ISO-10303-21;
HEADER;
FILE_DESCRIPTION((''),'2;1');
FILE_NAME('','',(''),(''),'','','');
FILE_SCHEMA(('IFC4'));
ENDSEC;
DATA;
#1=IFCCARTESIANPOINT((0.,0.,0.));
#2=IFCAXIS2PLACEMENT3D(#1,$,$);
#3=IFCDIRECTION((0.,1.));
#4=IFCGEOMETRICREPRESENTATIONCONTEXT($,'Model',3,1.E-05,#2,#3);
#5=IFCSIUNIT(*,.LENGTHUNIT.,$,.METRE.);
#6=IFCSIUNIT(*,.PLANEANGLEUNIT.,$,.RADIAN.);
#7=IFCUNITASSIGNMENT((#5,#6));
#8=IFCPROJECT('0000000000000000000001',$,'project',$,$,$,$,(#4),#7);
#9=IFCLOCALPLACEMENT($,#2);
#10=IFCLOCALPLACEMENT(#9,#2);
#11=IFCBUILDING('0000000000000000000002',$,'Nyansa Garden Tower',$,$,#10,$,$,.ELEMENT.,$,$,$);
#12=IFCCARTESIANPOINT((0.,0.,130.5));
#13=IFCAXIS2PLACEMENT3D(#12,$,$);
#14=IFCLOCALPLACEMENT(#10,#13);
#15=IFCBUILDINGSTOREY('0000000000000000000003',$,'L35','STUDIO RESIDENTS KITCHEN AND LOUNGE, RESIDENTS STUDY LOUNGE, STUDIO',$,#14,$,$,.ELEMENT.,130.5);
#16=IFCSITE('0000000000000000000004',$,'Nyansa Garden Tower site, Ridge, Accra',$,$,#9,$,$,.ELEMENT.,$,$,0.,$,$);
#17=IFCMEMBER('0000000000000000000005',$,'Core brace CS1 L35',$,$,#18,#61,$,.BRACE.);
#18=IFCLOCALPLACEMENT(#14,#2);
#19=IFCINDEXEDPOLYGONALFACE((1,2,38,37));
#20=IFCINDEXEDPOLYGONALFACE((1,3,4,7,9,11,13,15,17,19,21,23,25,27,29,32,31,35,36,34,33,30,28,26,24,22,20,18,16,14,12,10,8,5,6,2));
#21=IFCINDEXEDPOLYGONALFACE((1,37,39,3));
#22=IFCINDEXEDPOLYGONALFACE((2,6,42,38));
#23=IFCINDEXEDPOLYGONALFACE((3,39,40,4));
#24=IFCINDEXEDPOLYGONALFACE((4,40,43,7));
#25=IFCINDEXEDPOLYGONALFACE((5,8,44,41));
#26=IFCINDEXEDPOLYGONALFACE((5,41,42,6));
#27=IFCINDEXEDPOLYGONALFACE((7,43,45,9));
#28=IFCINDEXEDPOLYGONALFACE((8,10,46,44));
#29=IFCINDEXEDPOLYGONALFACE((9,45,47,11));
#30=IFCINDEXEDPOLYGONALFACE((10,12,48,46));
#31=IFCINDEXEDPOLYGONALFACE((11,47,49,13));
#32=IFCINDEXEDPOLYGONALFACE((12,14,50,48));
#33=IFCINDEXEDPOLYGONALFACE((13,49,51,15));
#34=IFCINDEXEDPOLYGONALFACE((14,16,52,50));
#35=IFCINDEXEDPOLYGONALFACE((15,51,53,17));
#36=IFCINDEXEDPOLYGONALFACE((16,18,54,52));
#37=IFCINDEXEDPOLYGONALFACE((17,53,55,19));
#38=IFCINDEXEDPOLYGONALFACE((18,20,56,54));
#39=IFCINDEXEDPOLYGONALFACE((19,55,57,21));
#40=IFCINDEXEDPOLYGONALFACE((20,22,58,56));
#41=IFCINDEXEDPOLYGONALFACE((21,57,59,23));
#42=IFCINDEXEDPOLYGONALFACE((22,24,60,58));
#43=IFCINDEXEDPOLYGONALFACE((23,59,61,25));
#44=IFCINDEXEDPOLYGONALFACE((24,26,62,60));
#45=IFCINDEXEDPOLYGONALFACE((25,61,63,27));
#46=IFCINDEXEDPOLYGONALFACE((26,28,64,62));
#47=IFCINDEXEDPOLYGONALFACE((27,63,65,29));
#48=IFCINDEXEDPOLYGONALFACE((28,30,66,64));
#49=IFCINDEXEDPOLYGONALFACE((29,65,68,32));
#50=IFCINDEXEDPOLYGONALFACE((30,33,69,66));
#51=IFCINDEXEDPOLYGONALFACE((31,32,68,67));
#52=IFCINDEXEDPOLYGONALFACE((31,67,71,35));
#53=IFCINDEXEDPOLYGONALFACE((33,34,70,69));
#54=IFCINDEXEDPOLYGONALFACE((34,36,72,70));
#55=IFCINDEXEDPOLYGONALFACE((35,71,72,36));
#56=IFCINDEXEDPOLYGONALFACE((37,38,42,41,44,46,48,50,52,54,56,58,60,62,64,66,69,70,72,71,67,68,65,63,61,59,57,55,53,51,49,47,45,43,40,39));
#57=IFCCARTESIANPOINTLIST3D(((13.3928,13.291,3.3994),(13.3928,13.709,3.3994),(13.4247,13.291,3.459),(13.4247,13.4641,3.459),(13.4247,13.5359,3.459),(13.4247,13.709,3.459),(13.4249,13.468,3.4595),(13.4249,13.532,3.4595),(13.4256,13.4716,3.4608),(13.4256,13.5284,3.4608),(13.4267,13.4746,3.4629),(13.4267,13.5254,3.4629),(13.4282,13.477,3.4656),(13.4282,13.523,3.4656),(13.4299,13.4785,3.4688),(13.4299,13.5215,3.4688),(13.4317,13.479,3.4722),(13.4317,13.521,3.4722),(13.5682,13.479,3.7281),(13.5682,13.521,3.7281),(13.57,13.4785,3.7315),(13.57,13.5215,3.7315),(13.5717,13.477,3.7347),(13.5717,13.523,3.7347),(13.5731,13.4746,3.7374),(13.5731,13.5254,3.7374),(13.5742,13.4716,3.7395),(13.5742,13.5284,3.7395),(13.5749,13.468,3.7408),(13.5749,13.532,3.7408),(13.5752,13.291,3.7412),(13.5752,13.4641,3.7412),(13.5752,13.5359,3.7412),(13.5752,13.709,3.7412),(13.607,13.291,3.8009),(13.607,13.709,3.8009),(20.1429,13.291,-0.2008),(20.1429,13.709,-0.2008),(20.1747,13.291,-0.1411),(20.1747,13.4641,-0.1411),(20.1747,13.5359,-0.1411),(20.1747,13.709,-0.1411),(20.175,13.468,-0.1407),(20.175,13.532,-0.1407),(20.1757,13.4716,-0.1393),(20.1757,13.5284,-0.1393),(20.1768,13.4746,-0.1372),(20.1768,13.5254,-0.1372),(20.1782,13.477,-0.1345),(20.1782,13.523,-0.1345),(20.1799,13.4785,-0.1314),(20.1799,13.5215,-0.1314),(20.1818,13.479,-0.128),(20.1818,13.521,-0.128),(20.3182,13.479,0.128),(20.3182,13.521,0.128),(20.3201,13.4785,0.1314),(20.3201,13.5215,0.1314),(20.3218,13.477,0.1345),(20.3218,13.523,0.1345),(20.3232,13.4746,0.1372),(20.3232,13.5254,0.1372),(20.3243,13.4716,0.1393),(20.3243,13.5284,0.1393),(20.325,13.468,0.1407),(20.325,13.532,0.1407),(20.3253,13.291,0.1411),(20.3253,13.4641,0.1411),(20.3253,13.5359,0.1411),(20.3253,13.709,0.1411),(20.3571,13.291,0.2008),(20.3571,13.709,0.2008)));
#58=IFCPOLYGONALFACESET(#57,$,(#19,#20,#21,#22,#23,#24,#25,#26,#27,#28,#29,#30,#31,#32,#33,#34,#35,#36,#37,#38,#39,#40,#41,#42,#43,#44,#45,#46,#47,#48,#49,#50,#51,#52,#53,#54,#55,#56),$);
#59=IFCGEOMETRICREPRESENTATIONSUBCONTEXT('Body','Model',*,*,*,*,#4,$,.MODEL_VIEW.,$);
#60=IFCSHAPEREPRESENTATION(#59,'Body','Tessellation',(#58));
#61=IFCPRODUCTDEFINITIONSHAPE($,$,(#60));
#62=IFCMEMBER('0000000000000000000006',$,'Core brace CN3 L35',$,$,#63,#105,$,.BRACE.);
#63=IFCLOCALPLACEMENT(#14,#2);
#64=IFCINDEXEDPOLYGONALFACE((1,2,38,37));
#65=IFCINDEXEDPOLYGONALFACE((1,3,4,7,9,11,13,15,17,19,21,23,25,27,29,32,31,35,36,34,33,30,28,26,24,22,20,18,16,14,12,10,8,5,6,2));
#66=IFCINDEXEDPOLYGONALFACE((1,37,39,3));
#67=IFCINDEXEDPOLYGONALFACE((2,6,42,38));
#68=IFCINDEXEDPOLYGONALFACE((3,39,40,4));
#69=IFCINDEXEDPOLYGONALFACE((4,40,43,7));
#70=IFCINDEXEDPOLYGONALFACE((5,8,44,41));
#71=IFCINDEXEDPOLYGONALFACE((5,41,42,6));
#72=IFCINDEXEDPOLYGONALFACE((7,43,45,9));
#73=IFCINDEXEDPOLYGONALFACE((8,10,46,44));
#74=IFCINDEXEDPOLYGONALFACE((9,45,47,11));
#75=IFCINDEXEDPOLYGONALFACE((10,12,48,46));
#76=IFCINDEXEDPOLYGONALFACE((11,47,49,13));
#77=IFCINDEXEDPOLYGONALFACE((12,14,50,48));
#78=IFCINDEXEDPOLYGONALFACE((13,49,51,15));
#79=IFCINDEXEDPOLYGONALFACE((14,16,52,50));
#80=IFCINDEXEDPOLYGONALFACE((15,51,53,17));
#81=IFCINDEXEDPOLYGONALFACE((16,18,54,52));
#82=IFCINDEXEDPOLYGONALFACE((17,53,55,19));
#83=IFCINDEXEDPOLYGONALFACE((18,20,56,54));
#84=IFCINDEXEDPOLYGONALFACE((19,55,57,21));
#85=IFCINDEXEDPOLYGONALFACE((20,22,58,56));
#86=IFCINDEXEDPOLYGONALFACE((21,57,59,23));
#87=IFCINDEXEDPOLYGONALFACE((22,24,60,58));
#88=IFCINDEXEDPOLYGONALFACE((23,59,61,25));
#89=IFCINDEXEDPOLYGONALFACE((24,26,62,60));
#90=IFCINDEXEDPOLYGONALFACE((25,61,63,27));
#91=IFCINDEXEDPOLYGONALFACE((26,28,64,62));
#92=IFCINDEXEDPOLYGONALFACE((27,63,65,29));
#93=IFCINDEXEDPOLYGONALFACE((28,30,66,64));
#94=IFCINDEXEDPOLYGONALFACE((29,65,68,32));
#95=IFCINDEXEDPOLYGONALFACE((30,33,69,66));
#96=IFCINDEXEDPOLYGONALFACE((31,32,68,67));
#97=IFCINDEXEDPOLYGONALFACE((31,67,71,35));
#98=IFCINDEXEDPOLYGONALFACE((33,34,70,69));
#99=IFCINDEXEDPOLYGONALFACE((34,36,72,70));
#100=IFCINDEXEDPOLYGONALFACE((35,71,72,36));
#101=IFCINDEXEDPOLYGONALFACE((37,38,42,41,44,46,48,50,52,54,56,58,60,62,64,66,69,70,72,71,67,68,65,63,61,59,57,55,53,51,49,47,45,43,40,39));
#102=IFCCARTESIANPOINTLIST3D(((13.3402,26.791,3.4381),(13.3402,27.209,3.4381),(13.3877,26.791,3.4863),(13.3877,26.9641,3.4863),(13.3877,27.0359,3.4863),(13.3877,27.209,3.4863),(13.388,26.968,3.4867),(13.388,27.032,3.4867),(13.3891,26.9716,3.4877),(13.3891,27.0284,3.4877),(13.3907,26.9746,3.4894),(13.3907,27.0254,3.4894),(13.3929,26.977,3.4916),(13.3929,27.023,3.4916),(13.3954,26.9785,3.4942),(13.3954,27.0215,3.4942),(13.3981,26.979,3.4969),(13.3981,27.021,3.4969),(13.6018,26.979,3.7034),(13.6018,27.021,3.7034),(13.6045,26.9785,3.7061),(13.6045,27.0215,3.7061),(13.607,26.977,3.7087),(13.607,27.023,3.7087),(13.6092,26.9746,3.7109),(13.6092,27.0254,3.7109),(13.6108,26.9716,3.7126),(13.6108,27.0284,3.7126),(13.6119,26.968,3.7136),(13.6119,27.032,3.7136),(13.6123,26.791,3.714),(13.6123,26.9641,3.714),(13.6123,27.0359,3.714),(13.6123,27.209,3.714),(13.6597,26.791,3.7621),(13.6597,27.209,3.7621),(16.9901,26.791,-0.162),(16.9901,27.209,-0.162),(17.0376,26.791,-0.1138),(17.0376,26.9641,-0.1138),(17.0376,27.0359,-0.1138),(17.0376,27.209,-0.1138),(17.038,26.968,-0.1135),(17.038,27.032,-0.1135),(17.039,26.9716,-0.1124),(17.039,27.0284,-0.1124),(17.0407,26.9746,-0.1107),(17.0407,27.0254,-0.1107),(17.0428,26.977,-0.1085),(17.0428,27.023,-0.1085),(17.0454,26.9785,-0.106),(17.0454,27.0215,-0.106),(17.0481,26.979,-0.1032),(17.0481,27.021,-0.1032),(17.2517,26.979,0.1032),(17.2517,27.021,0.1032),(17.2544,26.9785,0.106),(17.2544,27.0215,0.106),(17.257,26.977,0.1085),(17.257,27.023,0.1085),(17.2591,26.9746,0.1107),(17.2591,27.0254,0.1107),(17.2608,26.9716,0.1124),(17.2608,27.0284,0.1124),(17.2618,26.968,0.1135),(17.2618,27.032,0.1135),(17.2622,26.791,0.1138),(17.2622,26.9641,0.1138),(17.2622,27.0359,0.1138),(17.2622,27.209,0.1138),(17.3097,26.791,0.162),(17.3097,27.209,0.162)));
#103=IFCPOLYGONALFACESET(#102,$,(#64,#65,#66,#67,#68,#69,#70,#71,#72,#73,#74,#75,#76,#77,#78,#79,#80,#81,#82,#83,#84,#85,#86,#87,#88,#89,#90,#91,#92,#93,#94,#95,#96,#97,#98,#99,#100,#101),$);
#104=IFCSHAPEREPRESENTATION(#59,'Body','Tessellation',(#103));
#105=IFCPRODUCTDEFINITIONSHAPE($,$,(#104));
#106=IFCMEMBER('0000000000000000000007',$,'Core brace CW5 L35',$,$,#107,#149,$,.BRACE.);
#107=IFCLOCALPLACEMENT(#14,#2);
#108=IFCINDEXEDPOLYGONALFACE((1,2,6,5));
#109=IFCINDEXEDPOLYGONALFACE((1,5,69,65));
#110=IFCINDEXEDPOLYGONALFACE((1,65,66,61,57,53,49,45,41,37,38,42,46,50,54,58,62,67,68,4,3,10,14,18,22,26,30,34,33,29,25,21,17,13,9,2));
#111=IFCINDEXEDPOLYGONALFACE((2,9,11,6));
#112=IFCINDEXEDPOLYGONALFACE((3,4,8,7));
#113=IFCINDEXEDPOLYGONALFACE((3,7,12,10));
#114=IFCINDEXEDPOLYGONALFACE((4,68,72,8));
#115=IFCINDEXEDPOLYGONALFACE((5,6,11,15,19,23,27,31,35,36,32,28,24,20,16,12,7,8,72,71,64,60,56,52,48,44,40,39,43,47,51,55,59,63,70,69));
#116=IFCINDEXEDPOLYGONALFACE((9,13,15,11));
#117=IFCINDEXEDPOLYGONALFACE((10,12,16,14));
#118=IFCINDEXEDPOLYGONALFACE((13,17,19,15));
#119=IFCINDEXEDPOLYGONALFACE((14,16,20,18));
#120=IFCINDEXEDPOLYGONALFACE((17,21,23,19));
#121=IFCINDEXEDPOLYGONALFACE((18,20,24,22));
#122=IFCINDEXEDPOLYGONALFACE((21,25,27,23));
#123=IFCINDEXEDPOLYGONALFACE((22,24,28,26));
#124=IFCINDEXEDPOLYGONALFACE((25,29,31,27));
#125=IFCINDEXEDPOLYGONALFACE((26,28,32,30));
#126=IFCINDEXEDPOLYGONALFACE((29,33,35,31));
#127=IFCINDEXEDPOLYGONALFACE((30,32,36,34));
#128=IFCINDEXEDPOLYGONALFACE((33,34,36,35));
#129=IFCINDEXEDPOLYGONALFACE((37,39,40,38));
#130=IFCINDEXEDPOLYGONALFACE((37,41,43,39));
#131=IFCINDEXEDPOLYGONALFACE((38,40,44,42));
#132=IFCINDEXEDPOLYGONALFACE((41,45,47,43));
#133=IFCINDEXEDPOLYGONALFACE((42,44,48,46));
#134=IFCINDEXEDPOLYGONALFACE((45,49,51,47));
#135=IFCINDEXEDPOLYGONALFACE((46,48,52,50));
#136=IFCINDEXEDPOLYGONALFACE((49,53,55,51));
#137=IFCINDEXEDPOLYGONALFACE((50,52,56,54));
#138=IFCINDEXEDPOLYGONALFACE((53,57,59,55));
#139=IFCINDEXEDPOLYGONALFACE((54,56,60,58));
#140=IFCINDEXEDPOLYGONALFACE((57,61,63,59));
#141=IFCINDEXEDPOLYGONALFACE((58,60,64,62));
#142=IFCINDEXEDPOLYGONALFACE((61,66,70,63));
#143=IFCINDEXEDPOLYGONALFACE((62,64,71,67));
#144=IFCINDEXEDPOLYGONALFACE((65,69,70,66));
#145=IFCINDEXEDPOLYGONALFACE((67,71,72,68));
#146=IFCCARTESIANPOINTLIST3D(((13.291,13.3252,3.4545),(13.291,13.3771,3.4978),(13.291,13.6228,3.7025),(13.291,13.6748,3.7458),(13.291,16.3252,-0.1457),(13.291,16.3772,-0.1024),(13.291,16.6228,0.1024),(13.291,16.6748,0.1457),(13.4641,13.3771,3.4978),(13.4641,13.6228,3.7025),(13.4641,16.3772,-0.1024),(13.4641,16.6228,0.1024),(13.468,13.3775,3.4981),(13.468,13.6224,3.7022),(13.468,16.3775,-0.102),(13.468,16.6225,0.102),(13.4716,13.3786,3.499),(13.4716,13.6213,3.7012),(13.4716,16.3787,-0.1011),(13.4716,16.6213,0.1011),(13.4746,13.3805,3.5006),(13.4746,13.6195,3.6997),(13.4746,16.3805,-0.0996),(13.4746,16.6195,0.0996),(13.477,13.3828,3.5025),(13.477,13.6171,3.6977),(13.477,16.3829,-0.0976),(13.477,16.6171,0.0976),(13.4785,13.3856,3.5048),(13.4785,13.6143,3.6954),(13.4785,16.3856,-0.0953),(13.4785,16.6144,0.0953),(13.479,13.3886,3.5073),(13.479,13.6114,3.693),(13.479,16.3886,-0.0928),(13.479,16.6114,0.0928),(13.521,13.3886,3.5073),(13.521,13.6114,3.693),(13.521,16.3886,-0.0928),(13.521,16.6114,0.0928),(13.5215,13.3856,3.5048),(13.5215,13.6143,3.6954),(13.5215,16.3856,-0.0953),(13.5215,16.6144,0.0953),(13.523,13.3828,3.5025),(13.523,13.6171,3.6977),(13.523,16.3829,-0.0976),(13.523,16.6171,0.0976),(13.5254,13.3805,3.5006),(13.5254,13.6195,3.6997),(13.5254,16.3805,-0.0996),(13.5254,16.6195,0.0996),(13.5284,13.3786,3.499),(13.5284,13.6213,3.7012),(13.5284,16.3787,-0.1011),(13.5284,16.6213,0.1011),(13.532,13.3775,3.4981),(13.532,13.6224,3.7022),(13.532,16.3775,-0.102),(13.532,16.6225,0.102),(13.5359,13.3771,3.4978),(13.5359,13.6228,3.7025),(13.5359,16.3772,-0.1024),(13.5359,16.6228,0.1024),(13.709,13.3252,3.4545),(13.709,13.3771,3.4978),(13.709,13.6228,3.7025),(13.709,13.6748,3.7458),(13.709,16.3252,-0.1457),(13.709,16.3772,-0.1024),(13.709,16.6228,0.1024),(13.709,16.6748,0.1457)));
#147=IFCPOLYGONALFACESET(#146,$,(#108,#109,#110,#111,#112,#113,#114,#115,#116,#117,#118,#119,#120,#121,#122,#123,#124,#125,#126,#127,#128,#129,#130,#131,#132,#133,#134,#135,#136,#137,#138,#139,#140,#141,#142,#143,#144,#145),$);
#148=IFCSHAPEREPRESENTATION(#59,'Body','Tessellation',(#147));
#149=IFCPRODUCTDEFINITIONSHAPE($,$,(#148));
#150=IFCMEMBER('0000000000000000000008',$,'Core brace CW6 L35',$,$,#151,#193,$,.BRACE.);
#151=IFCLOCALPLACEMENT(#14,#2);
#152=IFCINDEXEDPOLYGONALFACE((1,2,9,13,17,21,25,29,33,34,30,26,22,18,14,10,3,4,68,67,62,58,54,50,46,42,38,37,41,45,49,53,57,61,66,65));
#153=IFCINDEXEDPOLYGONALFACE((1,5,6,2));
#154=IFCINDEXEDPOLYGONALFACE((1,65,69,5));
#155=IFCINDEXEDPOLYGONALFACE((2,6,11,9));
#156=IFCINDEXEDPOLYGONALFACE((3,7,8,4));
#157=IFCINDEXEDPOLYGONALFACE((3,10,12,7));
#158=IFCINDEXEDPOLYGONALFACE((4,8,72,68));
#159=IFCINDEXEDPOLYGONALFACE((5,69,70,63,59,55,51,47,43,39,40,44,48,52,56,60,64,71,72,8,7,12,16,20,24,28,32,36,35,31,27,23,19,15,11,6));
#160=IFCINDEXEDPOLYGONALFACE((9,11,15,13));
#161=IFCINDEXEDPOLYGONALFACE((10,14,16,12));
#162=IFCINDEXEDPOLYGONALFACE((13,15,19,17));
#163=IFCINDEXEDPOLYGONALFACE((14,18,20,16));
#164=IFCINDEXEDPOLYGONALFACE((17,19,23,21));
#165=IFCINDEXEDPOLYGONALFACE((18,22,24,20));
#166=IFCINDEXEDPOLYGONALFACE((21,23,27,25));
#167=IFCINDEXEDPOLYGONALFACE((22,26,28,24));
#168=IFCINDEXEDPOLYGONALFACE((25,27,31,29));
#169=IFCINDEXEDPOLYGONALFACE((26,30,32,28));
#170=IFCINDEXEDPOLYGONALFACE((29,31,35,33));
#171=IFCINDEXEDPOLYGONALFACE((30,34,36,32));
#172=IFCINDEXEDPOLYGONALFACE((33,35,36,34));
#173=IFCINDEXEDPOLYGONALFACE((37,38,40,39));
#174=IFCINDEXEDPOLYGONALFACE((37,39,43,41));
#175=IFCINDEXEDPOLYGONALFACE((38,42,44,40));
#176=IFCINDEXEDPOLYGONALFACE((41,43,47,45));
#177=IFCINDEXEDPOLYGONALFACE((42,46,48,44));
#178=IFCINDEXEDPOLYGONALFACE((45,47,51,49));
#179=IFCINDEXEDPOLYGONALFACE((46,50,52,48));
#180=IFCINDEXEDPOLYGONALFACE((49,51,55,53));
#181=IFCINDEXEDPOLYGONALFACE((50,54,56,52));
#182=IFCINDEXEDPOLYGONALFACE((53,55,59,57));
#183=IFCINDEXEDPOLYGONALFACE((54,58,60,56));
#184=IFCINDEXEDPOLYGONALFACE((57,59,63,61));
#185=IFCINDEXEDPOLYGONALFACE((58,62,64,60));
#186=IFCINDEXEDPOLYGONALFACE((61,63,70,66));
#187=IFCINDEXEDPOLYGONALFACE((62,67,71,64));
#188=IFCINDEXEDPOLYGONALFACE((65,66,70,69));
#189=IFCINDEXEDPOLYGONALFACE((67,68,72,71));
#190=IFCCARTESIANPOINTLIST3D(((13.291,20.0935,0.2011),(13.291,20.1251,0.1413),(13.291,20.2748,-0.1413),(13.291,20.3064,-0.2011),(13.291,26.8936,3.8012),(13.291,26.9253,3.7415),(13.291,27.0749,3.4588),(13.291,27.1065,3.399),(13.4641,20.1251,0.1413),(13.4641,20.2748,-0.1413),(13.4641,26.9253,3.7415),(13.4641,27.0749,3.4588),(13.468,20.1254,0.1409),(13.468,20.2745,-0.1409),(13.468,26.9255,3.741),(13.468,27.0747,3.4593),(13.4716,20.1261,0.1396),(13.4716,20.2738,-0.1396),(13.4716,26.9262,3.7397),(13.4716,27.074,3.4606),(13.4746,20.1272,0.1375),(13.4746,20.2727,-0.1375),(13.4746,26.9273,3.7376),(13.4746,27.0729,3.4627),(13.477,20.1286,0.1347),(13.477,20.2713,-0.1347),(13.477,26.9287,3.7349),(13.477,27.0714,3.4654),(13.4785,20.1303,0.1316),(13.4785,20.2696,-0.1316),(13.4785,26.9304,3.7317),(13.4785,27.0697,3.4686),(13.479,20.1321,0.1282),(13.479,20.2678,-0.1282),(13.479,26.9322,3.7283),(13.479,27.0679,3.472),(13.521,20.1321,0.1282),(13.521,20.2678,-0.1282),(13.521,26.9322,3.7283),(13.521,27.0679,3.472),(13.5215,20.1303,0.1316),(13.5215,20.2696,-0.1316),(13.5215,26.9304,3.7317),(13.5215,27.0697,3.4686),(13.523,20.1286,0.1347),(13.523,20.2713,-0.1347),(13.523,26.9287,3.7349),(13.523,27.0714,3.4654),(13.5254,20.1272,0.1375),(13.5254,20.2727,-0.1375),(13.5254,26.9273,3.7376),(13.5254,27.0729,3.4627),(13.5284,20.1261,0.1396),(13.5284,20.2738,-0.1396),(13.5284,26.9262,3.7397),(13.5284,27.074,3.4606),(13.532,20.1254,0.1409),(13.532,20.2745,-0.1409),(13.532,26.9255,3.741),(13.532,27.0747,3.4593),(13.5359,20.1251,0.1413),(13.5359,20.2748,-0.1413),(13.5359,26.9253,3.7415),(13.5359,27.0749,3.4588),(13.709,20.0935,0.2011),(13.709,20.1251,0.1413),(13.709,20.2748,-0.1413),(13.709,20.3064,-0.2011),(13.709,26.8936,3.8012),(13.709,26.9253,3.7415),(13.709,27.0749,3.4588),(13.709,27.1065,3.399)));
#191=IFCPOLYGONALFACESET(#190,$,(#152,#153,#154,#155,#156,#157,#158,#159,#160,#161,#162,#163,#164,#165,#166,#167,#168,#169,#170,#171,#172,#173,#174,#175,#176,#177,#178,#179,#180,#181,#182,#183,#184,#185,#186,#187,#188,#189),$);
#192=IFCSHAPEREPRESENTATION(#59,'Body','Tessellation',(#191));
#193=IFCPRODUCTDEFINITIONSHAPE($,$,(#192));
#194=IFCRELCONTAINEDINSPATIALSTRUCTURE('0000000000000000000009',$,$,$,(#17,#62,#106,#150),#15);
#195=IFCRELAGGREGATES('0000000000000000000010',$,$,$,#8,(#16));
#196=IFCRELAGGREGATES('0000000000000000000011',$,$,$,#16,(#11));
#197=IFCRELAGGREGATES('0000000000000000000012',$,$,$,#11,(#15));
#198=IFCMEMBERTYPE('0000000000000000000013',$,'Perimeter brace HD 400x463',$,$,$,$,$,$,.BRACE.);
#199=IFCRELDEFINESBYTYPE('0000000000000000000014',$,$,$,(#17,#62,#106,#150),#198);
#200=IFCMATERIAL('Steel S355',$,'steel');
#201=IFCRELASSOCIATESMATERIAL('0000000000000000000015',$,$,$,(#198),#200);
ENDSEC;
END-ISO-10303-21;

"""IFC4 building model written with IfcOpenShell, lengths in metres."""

from ifc_helpers import new_model, si_unit, direction, frame, origin, origin_2d, place, context, subcontext, project, spatial, i_section, extrude, material, material_profile, profile_set, type_object, element, save


model = new_model("IFC4")

# Units and contexts
model_context = context("Model", 3, precision=1e-05, world=origin(), true_north=direction((0.0, 1.0)))
body_context = subcontext(model_context, "Body", "Model", "MODEL_VIEW")
ifc_project = project(units=[si_unit("LENGTHUNIT", "METRE"), si_unit("PLANEANGLEUNIT", "RADIAN")], contexts=[model_context])

# Site, building, storey
site_placement = place(None, origin())
site = spatial("IfcSite", under=ifc_project, at=site_placement, Name="Nyansa Garden Tower site, Ridge, Accra", CompositionType="ELEMENT", RefElevation=0.0)
building_placement = place(site_placement, origin())
building = spatial("IfcBuilding", under=site, at=building_placement, Name="Nyansa Garden Tower", CompositionType="ELEMENT")
storey_placement = place(building_placement, frame((0.0, 0.0, 130.5)))
storey = spatial("IfcBuildingStorey", under=building, at=storey_placement, Name="L35", Description="STUDIO RESIDENTS KITCHEN AND LOUNGE, RESIDENTS STUDY LOUNGE, STUDIO", CompositionType="ELEMENT", Elevation=130.5)

# Members
ifc_material_1 = material(Name="Steel S355", Category="steel")
ifc_material_profile_1 = material_profile(ifc_material_1, i_section(OverallWidth=0.418, OverallDepth=0.4551, WebThickness=0.042, FlangeThickness=0.0676, FilletRadius=0.0149, at=origin_2d()), Name="HD 400x463")
ifc_profile_set_1 = profile_set([ifc_material_profile_1], Name="Steel S355")
member_type = type_object("IfcMemberType", Name="Perimeter brace HD 400x463", PredefinedType="BRACE", material=ifc_profile_set_1)
member_1_placement = place(storey_placement, frame((20.25, 13.5, 0.0), z_axis=(-0.882348, 0.0, 0.470598), x_axis=(0.0, -1.0, 0.0)))
element("IfcMember", 1, at=member_1_placement, inside=storey, type_object=member_type, Name="Core brace CS1 L35", PredefinedType="BRACE", context=body_context, shape_type="SweptSolid", body=[
    extrude(i_section(OverallWidth=0.418, OverallDepth=0.4551, WebThickness=0.042, FlangeThickness=0.0676, FilletRadius=0.0149, at=origin_2d()), origin(), (0.0, 0.0, 1.0), 7.6501),
])
member_2_placement = place(storey_placement, frame((17.1499, 27.0, 0.0), z_axis=(-0.711948, 0.0, 0.702233), x_axis=(0.0, -1.0, 0.0)))
element("IfcMember", 2, at=member_2_placement, inside=storey, type_object=member_type, Name="Core brace CN3 L35", PredefinedType="BRACE", context=body_context, shape_type="SweptSolid", body=[
    extrude(i_section(OverallWidth=0.418, OverallDepth=0.4551, WebThickness=0.042, FlangeThickness=0.0676, FilletRadius=0.0149, at=origin_2d()), origin(), (0.0, 0.0, 1.0), 5.1267),
])
member_3_placement = place(storey_placement, frame((13.5, 16.5, 0.0), z_axis=(0.0, -0.640174, 0.76823), x_axis=(1.0, 0.0, 0.0)))
element("IfcMember", 3, at=member_3_placement, inside=storey, type_object=member_type, Name="Core brace CW5 L35", PredefinedType="BRACE", context=body_context, shape_type="SweptSolid", body=[
    extrude(i_section(OverallWidth=0.418, OverallDepth=0.4551, WebThickness=0.042, FlangeThickness=0.0676, FilletRadius=0.0149, at=origin_2d()), origin(), (0.0, 0.0, 1.0), 4.6863),
])
member_4_placement = place(storey_placement, frame((13.5, 20.2, 0.0), z_axis=(0.0, 0.883784, 0.467895), x_axis=(-1.0, 0.0, 0.0)))
element("IfcMember", 4, at=member_4_placement, inside=storey, type_object=member_type, Name="Core brace CW6 L35", PredefinedType="BRACE", context=body_context, shape_type="SweptSolid", body=[
    extrude(i_section(OverallWidth=0.418, OverallDepth=0.4551, WebThickness=0.042, FlangeThickness=0.0676, FilletRadius=0.0149, at=origin_2d()), origin(), (0.0, 0.0, 1.0), 7.6943),
])

save(model, "model.ifc")
